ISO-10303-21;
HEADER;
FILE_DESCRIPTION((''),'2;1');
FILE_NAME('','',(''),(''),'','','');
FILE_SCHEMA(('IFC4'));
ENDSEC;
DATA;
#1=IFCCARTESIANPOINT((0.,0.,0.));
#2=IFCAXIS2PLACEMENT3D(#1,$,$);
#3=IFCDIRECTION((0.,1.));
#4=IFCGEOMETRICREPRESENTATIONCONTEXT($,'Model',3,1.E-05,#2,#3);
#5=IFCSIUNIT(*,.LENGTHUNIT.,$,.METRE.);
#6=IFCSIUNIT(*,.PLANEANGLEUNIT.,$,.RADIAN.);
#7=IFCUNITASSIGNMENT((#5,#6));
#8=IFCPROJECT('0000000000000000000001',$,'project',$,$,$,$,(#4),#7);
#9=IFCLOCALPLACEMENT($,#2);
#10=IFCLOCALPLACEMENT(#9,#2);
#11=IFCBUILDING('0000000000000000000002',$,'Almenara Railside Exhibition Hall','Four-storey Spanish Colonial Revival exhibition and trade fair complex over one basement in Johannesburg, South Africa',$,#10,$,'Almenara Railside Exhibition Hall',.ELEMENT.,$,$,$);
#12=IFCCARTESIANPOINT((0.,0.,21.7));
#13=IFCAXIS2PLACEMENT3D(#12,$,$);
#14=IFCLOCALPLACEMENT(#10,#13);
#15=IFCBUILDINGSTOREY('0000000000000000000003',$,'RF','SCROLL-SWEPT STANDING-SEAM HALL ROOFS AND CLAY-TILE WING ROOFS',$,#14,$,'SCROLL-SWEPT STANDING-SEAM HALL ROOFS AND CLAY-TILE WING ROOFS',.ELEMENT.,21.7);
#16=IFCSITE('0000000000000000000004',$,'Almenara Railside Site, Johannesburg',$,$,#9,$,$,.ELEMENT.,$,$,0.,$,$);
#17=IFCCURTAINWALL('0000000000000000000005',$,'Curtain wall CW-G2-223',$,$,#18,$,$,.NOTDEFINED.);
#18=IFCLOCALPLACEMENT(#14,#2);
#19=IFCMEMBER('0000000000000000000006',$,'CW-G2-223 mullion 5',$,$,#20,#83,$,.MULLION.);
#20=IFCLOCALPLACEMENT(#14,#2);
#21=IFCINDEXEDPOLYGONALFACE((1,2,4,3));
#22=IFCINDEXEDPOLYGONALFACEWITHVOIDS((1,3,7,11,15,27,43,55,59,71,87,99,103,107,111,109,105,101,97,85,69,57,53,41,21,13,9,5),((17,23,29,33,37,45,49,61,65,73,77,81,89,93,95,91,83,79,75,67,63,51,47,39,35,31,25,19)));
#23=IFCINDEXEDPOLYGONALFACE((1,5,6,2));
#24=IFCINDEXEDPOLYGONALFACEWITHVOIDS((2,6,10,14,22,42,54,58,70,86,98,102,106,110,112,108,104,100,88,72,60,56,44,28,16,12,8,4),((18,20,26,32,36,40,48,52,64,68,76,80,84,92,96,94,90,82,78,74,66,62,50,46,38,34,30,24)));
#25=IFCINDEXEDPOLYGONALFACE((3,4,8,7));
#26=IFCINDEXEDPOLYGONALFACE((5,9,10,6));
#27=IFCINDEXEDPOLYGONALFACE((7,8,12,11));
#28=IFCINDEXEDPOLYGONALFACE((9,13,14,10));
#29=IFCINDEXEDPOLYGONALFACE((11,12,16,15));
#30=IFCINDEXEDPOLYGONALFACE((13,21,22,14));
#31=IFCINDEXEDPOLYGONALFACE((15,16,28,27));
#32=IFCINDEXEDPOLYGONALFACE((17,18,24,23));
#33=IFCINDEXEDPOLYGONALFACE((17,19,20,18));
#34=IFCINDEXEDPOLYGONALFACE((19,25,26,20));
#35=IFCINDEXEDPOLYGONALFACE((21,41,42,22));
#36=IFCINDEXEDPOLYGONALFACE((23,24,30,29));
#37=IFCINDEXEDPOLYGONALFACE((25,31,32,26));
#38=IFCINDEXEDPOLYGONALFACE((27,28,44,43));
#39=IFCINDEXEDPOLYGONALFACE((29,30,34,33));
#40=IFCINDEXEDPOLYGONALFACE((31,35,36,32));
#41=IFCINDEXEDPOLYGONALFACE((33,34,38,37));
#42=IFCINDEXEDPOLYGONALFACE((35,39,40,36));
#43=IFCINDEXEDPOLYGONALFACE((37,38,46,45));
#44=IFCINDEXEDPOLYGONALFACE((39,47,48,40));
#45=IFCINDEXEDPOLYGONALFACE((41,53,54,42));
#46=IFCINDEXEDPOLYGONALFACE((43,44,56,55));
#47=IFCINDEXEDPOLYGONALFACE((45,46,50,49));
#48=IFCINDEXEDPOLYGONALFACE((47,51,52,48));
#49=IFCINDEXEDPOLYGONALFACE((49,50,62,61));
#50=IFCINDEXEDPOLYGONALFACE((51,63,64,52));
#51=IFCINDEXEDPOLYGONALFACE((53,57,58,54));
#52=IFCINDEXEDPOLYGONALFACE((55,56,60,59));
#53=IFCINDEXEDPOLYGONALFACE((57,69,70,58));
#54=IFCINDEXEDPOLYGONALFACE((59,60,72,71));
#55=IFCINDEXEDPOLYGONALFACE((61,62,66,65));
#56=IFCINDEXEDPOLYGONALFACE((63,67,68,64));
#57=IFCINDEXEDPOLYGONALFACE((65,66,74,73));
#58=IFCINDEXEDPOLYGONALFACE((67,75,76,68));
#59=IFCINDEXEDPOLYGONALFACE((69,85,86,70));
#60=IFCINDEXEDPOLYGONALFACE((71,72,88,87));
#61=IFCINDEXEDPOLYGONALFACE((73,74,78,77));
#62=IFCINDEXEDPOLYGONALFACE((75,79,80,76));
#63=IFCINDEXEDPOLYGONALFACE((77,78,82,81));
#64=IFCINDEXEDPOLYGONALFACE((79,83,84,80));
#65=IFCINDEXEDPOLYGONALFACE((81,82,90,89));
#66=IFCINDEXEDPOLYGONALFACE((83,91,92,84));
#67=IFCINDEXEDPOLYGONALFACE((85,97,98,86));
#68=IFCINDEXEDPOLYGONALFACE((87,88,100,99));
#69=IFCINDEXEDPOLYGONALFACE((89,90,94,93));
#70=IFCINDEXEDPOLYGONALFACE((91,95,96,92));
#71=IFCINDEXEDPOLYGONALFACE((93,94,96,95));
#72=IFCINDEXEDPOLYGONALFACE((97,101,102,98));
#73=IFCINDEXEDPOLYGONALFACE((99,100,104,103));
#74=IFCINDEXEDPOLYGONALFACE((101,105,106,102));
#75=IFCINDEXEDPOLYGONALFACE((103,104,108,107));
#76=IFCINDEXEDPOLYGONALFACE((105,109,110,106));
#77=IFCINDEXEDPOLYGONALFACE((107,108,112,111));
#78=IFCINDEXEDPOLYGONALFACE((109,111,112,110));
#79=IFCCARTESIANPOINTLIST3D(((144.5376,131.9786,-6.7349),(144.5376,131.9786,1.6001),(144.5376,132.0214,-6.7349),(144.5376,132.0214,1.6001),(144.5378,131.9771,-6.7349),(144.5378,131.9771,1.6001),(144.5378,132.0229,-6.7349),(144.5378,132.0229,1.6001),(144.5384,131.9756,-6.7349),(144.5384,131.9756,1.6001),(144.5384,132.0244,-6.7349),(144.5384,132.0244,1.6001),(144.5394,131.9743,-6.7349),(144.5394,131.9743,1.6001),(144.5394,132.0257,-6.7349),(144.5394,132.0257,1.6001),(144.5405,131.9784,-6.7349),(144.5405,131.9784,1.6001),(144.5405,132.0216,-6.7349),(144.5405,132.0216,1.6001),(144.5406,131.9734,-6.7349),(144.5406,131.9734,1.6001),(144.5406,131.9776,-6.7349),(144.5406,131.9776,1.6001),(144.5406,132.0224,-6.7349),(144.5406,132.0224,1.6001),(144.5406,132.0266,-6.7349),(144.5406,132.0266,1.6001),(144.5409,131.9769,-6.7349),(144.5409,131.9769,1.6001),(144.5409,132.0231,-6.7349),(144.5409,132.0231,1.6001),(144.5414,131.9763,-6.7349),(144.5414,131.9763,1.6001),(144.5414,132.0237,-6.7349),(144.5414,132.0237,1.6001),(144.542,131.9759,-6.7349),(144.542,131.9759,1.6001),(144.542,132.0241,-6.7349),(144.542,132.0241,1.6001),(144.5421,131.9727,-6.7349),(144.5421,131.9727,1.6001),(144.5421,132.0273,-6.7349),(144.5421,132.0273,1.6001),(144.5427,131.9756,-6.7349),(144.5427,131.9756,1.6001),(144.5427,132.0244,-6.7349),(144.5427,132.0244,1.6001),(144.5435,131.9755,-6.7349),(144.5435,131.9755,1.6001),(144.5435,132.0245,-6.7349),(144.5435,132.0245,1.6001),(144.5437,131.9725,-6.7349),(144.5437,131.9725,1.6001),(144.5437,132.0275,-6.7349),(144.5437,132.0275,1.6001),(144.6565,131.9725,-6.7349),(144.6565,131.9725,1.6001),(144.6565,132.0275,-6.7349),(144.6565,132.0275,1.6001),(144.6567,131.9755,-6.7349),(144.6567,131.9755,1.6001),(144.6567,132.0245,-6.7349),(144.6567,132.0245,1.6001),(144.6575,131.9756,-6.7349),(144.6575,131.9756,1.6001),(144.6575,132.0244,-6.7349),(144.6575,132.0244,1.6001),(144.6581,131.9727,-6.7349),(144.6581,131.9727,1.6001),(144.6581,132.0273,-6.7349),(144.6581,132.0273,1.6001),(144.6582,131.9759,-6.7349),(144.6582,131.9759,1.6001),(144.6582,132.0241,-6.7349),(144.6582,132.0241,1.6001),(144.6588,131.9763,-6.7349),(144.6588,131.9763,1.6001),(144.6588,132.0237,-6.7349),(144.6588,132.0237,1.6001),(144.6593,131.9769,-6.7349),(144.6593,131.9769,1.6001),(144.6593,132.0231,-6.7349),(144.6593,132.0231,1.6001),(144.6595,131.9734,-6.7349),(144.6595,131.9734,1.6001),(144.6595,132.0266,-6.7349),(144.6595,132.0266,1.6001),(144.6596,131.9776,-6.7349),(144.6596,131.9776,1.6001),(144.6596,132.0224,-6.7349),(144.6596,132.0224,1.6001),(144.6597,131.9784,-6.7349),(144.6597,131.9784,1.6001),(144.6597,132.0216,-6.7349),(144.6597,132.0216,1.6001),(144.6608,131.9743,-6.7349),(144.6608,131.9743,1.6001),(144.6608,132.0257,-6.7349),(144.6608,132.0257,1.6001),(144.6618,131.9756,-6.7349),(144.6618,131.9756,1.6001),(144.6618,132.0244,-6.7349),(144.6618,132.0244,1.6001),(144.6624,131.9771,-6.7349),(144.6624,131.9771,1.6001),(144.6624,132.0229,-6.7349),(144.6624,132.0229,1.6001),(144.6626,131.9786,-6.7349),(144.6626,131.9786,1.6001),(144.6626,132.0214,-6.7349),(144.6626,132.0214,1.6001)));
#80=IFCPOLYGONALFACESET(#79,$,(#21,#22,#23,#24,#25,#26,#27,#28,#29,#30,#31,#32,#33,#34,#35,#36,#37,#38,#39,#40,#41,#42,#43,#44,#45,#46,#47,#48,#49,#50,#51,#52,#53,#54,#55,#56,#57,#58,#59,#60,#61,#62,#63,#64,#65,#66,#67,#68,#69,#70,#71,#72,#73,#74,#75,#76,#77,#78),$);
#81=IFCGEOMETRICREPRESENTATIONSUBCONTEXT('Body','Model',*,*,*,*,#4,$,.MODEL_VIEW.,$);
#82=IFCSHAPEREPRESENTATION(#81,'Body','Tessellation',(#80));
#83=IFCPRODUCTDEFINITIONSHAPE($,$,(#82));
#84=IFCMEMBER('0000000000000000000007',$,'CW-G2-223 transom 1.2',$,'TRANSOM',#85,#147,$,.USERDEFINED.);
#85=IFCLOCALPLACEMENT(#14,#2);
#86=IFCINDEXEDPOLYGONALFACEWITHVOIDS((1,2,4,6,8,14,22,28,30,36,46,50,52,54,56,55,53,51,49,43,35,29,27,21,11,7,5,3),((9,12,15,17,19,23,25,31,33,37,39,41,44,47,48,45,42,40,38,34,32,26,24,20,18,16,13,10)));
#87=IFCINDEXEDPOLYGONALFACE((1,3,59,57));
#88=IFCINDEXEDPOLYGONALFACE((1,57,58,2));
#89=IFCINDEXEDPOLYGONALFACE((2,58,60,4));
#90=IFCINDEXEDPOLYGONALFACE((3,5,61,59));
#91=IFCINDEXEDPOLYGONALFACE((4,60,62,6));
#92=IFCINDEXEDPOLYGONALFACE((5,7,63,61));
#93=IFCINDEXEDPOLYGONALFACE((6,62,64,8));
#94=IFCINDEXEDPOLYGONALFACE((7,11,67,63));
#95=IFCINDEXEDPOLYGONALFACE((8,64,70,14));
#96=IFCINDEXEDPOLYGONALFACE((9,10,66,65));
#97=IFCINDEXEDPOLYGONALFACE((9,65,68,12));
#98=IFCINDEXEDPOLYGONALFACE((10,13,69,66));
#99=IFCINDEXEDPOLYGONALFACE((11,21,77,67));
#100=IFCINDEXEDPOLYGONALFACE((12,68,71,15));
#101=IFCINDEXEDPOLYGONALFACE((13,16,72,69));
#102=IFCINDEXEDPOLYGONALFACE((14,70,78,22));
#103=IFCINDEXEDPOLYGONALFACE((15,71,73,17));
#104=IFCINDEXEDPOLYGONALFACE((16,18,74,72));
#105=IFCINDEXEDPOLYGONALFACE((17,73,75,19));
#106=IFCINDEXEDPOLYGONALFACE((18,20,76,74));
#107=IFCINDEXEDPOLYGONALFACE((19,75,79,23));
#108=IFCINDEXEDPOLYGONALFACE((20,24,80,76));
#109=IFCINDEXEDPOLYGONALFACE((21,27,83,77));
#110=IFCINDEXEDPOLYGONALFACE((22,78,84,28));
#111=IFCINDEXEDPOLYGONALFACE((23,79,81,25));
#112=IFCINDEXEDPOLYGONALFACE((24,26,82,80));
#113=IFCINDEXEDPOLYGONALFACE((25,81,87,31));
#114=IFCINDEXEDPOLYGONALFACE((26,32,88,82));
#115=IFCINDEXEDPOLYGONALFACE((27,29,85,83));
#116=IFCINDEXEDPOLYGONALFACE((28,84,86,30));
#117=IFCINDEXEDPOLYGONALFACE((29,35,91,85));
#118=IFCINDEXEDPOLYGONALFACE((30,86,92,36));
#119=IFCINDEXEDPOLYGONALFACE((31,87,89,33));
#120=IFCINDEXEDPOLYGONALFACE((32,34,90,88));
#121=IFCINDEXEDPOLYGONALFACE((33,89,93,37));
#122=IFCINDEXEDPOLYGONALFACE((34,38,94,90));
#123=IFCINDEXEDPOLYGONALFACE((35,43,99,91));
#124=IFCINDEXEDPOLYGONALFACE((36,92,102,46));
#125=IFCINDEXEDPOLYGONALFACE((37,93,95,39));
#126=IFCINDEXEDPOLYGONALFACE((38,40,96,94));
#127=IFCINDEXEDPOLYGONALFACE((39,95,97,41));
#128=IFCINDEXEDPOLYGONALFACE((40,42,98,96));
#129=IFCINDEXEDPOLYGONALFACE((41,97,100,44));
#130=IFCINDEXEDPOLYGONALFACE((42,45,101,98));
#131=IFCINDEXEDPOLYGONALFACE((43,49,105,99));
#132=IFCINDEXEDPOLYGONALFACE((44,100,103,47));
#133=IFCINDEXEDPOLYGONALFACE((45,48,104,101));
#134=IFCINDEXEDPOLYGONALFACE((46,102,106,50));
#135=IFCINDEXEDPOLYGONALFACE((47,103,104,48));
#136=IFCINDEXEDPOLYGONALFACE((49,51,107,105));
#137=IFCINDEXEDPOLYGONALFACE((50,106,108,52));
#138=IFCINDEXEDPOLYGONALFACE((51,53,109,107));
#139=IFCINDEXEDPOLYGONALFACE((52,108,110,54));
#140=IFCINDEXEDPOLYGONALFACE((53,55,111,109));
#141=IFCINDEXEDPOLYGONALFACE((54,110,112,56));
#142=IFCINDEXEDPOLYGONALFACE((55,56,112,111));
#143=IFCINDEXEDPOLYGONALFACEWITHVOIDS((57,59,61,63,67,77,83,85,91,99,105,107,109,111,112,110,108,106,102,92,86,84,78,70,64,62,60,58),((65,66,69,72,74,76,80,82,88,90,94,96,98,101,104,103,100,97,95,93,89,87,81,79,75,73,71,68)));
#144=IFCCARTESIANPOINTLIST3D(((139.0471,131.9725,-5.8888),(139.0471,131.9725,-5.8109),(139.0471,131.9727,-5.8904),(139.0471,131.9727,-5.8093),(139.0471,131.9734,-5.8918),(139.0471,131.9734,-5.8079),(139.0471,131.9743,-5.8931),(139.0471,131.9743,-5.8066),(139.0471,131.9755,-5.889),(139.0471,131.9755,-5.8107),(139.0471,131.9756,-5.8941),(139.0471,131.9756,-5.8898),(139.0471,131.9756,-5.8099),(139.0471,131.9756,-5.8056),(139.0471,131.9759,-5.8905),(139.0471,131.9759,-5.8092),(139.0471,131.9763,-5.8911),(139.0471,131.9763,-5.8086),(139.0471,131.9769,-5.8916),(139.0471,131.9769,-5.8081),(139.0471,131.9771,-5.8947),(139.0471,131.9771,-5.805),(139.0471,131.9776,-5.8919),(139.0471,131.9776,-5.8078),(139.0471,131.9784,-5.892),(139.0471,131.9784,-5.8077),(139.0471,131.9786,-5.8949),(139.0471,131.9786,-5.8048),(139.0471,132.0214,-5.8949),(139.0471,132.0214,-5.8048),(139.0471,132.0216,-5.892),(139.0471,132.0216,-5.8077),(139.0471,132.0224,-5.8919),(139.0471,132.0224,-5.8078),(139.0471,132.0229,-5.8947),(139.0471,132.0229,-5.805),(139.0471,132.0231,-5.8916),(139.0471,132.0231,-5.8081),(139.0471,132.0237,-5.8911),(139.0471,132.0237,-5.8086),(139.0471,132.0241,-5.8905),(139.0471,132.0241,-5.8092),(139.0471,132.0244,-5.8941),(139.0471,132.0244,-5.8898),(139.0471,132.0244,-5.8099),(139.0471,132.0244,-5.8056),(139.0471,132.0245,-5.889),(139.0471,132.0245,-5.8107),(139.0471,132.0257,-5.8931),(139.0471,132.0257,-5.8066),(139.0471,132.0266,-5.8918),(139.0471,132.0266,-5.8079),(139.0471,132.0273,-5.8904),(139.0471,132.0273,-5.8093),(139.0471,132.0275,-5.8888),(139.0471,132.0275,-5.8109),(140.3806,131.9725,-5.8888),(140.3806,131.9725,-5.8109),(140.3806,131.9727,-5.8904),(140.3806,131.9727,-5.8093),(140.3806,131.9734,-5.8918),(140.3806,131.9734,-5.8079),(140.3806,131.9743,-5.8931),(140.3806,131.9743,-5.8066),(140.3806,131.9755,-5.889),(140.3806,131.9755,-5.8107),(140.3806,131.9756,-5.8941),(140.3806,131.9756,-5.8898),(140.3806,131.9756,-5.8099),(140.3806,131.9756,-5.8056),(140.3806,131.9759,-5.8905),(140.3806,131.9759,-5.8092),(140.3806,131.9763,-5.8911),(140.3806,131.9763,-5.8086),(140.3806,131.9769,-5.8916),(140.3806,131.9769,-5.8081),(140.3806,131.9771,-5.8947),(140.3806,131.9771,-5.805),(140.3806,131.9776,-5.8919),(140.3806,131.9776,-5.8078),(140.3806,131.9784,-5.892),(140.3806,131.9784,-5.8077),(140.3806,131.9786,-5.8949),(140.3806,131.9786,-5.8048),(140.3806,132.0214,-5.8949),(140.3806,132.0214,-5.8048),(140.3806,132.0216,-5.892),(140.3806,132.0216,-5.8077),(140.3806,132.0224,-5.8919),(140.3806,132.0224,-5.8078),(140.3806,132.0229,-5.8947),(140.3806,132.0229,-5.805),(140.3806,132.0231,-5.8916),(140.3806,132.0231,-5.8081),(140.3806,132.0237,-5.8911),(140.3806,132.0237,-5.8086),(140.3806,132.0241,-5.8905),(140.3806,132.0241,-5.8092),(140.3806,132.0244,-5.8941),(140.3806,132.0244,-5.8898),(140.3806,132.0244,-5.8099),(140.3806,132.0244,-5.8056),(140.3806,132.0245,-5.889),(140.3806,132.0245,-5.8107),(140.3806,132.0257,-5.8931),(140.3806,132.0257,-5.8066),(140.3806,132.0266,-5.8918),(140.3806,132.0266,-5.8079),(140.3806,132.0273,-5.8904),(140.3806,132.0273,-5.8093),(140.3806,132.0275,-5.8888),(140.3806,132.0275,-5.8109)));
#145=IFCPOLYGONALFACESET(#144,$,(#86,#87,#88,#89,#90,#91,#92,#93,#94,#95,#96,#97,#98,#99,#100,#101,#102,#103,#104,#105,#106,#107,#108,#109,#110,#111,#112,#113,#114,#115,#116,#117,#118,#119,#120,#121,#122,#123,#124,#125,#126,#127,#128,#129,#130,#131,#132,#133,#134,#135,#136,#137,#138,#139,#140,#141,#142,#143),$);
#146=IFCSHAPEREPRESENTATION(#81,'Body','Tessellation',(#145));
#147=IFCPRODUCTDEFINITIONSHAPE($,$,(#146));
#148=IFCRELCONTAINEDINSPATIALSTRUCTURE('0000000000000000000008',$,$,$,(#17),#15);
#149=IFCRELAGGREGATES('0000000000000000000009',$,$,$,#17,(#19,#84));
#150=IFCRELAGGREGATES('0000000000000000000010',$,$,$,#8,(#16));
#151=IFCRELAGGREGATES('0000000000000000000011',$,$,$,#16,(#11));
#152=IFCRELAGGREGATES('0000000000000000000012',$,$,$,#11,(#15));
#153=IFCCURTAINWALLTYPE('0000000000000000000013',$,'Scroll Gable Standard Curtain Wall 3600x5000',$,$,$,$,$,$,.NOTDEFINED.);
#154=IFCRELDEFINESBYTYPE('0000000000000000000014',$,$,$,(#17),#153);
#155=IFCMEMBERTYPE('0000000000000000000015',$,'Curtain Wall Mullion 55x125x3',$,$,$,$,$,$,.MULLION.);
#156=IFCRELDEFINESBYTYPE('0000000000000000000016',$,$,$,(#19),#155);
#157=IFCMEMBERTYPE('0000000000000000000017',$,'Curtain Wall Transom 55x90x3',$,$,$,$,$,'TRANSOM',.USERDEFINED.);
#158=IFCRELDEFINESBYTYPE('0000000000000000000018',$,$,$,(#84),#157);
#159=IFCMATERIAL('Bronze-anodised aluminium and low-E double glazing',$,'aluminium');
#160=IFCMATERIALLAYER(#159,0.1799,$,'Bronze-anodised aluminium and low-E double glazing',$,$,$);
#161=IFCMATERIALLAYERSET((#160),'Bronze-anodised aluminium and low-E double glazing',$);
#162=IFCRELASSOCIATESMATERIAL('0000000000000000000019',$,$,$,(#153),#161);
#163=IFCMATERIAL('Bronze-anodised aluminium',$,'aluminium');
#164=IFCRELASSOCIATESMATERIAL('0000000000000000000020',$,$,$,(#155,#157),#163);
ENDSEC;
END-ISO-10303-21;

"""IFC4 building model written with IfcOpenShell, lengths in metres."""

from ifc_helpers import new_model, si_unit, direction, frame, origin, origin_2d, place, context, subcontext, project, spatial, hollow_rectangle, extrude, material, layer, layer_set, material_profile, profile_set, type_object, element, aggregate, save


model = new_model("IFC4")

# Units and contexts
model_context = context("Model", 3, precision=1e-05, world=origin(), true_north=direction((0.0, 1.0)))
body_context = subcontext(model_context, "Body", "Model", "MODEL_VIEW")
ifc_project = project(units=[si_unit("LENGTHUNIT", "METRE"), si_unit("PLANEANGLEUNIT", "RADIAN")], contexts=[model_context])

# Site, building, storey
site_placement = place(None, origin())
site = spatial("IfcSite", under=ifc_project, at=site_placement, Name="Almenara Railside Site, Johannesburg", CompositionType="ELEMENT", RefElevation=0.0)
building_placement = place(site_placement, origin())
building = spatial("IfcBuilding", under=site, at=building_placement, Name="Almenara Railside Exhibition Hall", Description="Four-storey Spanish Colonial Revival exhibition and trade fair complex over one basement in Johannesburg, South Africa", LongName="Almenara Railside Exhibition Hall", CompositionType="ELEMENT")
storey_placement = place(building_placement, frame((0.0, 0.0, 21.7)))
storey = spatial("IfcBuildingStorey", under=building, at=storey_placement, Name="RF", Description="SCROLL-SWEPT STANDING-SEAM HALL ROOFS AND CLAY-TILE WING ROOFS", LongName="SCROLL-SWEPT STANDING-SEAM HALL ROOFS AND CLAY-TILE WING ROOFS", CompositionType="ELEMENT", Elevation=21.7)

# Curtain wall, members
ifc_material_1 = material(Name="Bronze-anodised aluminium and low-E double glazing", Category="aluminium")
ifc_layer_1 = layer(ifc_material_1, 0.1799, Name="Bronze-anodised aluminium and low-E double glazing")
ifc_layer_set_1 = layer_set([ifc_layer_1], Name="Bronze-anodised aluminium and low-E double glazing")
curtain_wall_type = type_object("IfcCurtainWallType", Name="Scroll Gable Standard Curtain Wall 3600x5000", PredefinedType="NOTDEFINED", material=ifc_layer_set_1)
curtain_wall_placement = place(storey_placement, origin())
curtain_wall = element("IfcCurtainWall", 1, at=curtain_wall_placement, inside=storey, type_object=curtain_wall_type, Name="Curtain wall CW-G2-223", PredefinedType="NOTDEFINED")
ifc_material_2 = material(Name="Bronze-anodised aluminium", Category="aluminium")
ifc_material_profile_1 = material_profile(ifc_material_2, hollow_rectangle(XDim=0.0549, YDim=0.125, WallThickness=0.0029, InnerFilletRadius=0.0029, OuterFilletRadius=0.0061, at=origin_2d()), Name="ALU-MUL 55x125x3")
ifc_profile_set_1 = profile_set([ifc_material_profile_1], Name="Bronze-anodised aluminium")
member_type_1 = type_object("IfcMemberType", Name="Curtain Wall Mullion 55x125x3", PredefinedType="MULLION", material=ifc_profile_set_1)
member_1_placement = place(storey_placement, frame((144.6001, 132.0, -6.7349), z_axis=(0.0, 0.0, 1.0), x_axis=(0.0, 1.0, 0.0)))
member_1 = element("IfcMember", 2, at=member_1_placement, type_object=member_type_1, Name="CW-G2-223 mullion 5", PredefinedType="MULLION", context=body_context, shape_type="SweptSolid", body=[
    extrude(hollow_rectangle(XDim=0.0549, YDim=0.125, WallThickness=0.0029, InnerFilletRadius=0.0029, OuterFilletRadius=0.0061, at=origin_2d()), origin(), (0.0, 0.0, 1.0), 8.335),
])
ifc_material_profile_2 = material_profile(ifc_material_2, hollow_rectangle(XDim=0.0549, YDim=0.0901, WallThickness=0.0029, InnerFilletRadius=0.0029, OuterFilletRadius=0.0061, at=origin_2d()), Name="ALU-TRN 55x90x3")
ifc_profile_set_2 = profile_set([ifc_material_profile_2], Name="Bronze-anodised aluminium")
member_type_2 = type_object("IfcMemberType", Name="Curtain Wall Transom 55x90x3", ElementType="TRANSOM", PredefinedType="USERDEFINED", material=ifc_profile_set_2)
member_2_placement = place(storey_placement, frame((139.0471, 132.0, -5.8499), z_axis=(1.0, 0.0, 0.0), x_axis=(0.0, 1.0, 0.0)))
member_2 = element("IfcMember", 3, at=member_2_placement, type_object=member_type_2, Name="CW-G2-223 transom 1.2", ObjectType="TRANSOM", PredefinedType="USERDEFINED", context=body_context, shape_type="SweptSolid", body=[
    extrude(hollow_rectangle(XDim=0.0549, YDim=0.0901, WallThickness=0.0029, InnerFilletRadius=0.0029, OuterFilletRadius=0.0061, at=origin_2d()), origin(), (0.0, 0.0, 1.0), 1.3335),
])

aggregate(curtain_wall, [member_1, member_2])

save(model, "model.ifc")
